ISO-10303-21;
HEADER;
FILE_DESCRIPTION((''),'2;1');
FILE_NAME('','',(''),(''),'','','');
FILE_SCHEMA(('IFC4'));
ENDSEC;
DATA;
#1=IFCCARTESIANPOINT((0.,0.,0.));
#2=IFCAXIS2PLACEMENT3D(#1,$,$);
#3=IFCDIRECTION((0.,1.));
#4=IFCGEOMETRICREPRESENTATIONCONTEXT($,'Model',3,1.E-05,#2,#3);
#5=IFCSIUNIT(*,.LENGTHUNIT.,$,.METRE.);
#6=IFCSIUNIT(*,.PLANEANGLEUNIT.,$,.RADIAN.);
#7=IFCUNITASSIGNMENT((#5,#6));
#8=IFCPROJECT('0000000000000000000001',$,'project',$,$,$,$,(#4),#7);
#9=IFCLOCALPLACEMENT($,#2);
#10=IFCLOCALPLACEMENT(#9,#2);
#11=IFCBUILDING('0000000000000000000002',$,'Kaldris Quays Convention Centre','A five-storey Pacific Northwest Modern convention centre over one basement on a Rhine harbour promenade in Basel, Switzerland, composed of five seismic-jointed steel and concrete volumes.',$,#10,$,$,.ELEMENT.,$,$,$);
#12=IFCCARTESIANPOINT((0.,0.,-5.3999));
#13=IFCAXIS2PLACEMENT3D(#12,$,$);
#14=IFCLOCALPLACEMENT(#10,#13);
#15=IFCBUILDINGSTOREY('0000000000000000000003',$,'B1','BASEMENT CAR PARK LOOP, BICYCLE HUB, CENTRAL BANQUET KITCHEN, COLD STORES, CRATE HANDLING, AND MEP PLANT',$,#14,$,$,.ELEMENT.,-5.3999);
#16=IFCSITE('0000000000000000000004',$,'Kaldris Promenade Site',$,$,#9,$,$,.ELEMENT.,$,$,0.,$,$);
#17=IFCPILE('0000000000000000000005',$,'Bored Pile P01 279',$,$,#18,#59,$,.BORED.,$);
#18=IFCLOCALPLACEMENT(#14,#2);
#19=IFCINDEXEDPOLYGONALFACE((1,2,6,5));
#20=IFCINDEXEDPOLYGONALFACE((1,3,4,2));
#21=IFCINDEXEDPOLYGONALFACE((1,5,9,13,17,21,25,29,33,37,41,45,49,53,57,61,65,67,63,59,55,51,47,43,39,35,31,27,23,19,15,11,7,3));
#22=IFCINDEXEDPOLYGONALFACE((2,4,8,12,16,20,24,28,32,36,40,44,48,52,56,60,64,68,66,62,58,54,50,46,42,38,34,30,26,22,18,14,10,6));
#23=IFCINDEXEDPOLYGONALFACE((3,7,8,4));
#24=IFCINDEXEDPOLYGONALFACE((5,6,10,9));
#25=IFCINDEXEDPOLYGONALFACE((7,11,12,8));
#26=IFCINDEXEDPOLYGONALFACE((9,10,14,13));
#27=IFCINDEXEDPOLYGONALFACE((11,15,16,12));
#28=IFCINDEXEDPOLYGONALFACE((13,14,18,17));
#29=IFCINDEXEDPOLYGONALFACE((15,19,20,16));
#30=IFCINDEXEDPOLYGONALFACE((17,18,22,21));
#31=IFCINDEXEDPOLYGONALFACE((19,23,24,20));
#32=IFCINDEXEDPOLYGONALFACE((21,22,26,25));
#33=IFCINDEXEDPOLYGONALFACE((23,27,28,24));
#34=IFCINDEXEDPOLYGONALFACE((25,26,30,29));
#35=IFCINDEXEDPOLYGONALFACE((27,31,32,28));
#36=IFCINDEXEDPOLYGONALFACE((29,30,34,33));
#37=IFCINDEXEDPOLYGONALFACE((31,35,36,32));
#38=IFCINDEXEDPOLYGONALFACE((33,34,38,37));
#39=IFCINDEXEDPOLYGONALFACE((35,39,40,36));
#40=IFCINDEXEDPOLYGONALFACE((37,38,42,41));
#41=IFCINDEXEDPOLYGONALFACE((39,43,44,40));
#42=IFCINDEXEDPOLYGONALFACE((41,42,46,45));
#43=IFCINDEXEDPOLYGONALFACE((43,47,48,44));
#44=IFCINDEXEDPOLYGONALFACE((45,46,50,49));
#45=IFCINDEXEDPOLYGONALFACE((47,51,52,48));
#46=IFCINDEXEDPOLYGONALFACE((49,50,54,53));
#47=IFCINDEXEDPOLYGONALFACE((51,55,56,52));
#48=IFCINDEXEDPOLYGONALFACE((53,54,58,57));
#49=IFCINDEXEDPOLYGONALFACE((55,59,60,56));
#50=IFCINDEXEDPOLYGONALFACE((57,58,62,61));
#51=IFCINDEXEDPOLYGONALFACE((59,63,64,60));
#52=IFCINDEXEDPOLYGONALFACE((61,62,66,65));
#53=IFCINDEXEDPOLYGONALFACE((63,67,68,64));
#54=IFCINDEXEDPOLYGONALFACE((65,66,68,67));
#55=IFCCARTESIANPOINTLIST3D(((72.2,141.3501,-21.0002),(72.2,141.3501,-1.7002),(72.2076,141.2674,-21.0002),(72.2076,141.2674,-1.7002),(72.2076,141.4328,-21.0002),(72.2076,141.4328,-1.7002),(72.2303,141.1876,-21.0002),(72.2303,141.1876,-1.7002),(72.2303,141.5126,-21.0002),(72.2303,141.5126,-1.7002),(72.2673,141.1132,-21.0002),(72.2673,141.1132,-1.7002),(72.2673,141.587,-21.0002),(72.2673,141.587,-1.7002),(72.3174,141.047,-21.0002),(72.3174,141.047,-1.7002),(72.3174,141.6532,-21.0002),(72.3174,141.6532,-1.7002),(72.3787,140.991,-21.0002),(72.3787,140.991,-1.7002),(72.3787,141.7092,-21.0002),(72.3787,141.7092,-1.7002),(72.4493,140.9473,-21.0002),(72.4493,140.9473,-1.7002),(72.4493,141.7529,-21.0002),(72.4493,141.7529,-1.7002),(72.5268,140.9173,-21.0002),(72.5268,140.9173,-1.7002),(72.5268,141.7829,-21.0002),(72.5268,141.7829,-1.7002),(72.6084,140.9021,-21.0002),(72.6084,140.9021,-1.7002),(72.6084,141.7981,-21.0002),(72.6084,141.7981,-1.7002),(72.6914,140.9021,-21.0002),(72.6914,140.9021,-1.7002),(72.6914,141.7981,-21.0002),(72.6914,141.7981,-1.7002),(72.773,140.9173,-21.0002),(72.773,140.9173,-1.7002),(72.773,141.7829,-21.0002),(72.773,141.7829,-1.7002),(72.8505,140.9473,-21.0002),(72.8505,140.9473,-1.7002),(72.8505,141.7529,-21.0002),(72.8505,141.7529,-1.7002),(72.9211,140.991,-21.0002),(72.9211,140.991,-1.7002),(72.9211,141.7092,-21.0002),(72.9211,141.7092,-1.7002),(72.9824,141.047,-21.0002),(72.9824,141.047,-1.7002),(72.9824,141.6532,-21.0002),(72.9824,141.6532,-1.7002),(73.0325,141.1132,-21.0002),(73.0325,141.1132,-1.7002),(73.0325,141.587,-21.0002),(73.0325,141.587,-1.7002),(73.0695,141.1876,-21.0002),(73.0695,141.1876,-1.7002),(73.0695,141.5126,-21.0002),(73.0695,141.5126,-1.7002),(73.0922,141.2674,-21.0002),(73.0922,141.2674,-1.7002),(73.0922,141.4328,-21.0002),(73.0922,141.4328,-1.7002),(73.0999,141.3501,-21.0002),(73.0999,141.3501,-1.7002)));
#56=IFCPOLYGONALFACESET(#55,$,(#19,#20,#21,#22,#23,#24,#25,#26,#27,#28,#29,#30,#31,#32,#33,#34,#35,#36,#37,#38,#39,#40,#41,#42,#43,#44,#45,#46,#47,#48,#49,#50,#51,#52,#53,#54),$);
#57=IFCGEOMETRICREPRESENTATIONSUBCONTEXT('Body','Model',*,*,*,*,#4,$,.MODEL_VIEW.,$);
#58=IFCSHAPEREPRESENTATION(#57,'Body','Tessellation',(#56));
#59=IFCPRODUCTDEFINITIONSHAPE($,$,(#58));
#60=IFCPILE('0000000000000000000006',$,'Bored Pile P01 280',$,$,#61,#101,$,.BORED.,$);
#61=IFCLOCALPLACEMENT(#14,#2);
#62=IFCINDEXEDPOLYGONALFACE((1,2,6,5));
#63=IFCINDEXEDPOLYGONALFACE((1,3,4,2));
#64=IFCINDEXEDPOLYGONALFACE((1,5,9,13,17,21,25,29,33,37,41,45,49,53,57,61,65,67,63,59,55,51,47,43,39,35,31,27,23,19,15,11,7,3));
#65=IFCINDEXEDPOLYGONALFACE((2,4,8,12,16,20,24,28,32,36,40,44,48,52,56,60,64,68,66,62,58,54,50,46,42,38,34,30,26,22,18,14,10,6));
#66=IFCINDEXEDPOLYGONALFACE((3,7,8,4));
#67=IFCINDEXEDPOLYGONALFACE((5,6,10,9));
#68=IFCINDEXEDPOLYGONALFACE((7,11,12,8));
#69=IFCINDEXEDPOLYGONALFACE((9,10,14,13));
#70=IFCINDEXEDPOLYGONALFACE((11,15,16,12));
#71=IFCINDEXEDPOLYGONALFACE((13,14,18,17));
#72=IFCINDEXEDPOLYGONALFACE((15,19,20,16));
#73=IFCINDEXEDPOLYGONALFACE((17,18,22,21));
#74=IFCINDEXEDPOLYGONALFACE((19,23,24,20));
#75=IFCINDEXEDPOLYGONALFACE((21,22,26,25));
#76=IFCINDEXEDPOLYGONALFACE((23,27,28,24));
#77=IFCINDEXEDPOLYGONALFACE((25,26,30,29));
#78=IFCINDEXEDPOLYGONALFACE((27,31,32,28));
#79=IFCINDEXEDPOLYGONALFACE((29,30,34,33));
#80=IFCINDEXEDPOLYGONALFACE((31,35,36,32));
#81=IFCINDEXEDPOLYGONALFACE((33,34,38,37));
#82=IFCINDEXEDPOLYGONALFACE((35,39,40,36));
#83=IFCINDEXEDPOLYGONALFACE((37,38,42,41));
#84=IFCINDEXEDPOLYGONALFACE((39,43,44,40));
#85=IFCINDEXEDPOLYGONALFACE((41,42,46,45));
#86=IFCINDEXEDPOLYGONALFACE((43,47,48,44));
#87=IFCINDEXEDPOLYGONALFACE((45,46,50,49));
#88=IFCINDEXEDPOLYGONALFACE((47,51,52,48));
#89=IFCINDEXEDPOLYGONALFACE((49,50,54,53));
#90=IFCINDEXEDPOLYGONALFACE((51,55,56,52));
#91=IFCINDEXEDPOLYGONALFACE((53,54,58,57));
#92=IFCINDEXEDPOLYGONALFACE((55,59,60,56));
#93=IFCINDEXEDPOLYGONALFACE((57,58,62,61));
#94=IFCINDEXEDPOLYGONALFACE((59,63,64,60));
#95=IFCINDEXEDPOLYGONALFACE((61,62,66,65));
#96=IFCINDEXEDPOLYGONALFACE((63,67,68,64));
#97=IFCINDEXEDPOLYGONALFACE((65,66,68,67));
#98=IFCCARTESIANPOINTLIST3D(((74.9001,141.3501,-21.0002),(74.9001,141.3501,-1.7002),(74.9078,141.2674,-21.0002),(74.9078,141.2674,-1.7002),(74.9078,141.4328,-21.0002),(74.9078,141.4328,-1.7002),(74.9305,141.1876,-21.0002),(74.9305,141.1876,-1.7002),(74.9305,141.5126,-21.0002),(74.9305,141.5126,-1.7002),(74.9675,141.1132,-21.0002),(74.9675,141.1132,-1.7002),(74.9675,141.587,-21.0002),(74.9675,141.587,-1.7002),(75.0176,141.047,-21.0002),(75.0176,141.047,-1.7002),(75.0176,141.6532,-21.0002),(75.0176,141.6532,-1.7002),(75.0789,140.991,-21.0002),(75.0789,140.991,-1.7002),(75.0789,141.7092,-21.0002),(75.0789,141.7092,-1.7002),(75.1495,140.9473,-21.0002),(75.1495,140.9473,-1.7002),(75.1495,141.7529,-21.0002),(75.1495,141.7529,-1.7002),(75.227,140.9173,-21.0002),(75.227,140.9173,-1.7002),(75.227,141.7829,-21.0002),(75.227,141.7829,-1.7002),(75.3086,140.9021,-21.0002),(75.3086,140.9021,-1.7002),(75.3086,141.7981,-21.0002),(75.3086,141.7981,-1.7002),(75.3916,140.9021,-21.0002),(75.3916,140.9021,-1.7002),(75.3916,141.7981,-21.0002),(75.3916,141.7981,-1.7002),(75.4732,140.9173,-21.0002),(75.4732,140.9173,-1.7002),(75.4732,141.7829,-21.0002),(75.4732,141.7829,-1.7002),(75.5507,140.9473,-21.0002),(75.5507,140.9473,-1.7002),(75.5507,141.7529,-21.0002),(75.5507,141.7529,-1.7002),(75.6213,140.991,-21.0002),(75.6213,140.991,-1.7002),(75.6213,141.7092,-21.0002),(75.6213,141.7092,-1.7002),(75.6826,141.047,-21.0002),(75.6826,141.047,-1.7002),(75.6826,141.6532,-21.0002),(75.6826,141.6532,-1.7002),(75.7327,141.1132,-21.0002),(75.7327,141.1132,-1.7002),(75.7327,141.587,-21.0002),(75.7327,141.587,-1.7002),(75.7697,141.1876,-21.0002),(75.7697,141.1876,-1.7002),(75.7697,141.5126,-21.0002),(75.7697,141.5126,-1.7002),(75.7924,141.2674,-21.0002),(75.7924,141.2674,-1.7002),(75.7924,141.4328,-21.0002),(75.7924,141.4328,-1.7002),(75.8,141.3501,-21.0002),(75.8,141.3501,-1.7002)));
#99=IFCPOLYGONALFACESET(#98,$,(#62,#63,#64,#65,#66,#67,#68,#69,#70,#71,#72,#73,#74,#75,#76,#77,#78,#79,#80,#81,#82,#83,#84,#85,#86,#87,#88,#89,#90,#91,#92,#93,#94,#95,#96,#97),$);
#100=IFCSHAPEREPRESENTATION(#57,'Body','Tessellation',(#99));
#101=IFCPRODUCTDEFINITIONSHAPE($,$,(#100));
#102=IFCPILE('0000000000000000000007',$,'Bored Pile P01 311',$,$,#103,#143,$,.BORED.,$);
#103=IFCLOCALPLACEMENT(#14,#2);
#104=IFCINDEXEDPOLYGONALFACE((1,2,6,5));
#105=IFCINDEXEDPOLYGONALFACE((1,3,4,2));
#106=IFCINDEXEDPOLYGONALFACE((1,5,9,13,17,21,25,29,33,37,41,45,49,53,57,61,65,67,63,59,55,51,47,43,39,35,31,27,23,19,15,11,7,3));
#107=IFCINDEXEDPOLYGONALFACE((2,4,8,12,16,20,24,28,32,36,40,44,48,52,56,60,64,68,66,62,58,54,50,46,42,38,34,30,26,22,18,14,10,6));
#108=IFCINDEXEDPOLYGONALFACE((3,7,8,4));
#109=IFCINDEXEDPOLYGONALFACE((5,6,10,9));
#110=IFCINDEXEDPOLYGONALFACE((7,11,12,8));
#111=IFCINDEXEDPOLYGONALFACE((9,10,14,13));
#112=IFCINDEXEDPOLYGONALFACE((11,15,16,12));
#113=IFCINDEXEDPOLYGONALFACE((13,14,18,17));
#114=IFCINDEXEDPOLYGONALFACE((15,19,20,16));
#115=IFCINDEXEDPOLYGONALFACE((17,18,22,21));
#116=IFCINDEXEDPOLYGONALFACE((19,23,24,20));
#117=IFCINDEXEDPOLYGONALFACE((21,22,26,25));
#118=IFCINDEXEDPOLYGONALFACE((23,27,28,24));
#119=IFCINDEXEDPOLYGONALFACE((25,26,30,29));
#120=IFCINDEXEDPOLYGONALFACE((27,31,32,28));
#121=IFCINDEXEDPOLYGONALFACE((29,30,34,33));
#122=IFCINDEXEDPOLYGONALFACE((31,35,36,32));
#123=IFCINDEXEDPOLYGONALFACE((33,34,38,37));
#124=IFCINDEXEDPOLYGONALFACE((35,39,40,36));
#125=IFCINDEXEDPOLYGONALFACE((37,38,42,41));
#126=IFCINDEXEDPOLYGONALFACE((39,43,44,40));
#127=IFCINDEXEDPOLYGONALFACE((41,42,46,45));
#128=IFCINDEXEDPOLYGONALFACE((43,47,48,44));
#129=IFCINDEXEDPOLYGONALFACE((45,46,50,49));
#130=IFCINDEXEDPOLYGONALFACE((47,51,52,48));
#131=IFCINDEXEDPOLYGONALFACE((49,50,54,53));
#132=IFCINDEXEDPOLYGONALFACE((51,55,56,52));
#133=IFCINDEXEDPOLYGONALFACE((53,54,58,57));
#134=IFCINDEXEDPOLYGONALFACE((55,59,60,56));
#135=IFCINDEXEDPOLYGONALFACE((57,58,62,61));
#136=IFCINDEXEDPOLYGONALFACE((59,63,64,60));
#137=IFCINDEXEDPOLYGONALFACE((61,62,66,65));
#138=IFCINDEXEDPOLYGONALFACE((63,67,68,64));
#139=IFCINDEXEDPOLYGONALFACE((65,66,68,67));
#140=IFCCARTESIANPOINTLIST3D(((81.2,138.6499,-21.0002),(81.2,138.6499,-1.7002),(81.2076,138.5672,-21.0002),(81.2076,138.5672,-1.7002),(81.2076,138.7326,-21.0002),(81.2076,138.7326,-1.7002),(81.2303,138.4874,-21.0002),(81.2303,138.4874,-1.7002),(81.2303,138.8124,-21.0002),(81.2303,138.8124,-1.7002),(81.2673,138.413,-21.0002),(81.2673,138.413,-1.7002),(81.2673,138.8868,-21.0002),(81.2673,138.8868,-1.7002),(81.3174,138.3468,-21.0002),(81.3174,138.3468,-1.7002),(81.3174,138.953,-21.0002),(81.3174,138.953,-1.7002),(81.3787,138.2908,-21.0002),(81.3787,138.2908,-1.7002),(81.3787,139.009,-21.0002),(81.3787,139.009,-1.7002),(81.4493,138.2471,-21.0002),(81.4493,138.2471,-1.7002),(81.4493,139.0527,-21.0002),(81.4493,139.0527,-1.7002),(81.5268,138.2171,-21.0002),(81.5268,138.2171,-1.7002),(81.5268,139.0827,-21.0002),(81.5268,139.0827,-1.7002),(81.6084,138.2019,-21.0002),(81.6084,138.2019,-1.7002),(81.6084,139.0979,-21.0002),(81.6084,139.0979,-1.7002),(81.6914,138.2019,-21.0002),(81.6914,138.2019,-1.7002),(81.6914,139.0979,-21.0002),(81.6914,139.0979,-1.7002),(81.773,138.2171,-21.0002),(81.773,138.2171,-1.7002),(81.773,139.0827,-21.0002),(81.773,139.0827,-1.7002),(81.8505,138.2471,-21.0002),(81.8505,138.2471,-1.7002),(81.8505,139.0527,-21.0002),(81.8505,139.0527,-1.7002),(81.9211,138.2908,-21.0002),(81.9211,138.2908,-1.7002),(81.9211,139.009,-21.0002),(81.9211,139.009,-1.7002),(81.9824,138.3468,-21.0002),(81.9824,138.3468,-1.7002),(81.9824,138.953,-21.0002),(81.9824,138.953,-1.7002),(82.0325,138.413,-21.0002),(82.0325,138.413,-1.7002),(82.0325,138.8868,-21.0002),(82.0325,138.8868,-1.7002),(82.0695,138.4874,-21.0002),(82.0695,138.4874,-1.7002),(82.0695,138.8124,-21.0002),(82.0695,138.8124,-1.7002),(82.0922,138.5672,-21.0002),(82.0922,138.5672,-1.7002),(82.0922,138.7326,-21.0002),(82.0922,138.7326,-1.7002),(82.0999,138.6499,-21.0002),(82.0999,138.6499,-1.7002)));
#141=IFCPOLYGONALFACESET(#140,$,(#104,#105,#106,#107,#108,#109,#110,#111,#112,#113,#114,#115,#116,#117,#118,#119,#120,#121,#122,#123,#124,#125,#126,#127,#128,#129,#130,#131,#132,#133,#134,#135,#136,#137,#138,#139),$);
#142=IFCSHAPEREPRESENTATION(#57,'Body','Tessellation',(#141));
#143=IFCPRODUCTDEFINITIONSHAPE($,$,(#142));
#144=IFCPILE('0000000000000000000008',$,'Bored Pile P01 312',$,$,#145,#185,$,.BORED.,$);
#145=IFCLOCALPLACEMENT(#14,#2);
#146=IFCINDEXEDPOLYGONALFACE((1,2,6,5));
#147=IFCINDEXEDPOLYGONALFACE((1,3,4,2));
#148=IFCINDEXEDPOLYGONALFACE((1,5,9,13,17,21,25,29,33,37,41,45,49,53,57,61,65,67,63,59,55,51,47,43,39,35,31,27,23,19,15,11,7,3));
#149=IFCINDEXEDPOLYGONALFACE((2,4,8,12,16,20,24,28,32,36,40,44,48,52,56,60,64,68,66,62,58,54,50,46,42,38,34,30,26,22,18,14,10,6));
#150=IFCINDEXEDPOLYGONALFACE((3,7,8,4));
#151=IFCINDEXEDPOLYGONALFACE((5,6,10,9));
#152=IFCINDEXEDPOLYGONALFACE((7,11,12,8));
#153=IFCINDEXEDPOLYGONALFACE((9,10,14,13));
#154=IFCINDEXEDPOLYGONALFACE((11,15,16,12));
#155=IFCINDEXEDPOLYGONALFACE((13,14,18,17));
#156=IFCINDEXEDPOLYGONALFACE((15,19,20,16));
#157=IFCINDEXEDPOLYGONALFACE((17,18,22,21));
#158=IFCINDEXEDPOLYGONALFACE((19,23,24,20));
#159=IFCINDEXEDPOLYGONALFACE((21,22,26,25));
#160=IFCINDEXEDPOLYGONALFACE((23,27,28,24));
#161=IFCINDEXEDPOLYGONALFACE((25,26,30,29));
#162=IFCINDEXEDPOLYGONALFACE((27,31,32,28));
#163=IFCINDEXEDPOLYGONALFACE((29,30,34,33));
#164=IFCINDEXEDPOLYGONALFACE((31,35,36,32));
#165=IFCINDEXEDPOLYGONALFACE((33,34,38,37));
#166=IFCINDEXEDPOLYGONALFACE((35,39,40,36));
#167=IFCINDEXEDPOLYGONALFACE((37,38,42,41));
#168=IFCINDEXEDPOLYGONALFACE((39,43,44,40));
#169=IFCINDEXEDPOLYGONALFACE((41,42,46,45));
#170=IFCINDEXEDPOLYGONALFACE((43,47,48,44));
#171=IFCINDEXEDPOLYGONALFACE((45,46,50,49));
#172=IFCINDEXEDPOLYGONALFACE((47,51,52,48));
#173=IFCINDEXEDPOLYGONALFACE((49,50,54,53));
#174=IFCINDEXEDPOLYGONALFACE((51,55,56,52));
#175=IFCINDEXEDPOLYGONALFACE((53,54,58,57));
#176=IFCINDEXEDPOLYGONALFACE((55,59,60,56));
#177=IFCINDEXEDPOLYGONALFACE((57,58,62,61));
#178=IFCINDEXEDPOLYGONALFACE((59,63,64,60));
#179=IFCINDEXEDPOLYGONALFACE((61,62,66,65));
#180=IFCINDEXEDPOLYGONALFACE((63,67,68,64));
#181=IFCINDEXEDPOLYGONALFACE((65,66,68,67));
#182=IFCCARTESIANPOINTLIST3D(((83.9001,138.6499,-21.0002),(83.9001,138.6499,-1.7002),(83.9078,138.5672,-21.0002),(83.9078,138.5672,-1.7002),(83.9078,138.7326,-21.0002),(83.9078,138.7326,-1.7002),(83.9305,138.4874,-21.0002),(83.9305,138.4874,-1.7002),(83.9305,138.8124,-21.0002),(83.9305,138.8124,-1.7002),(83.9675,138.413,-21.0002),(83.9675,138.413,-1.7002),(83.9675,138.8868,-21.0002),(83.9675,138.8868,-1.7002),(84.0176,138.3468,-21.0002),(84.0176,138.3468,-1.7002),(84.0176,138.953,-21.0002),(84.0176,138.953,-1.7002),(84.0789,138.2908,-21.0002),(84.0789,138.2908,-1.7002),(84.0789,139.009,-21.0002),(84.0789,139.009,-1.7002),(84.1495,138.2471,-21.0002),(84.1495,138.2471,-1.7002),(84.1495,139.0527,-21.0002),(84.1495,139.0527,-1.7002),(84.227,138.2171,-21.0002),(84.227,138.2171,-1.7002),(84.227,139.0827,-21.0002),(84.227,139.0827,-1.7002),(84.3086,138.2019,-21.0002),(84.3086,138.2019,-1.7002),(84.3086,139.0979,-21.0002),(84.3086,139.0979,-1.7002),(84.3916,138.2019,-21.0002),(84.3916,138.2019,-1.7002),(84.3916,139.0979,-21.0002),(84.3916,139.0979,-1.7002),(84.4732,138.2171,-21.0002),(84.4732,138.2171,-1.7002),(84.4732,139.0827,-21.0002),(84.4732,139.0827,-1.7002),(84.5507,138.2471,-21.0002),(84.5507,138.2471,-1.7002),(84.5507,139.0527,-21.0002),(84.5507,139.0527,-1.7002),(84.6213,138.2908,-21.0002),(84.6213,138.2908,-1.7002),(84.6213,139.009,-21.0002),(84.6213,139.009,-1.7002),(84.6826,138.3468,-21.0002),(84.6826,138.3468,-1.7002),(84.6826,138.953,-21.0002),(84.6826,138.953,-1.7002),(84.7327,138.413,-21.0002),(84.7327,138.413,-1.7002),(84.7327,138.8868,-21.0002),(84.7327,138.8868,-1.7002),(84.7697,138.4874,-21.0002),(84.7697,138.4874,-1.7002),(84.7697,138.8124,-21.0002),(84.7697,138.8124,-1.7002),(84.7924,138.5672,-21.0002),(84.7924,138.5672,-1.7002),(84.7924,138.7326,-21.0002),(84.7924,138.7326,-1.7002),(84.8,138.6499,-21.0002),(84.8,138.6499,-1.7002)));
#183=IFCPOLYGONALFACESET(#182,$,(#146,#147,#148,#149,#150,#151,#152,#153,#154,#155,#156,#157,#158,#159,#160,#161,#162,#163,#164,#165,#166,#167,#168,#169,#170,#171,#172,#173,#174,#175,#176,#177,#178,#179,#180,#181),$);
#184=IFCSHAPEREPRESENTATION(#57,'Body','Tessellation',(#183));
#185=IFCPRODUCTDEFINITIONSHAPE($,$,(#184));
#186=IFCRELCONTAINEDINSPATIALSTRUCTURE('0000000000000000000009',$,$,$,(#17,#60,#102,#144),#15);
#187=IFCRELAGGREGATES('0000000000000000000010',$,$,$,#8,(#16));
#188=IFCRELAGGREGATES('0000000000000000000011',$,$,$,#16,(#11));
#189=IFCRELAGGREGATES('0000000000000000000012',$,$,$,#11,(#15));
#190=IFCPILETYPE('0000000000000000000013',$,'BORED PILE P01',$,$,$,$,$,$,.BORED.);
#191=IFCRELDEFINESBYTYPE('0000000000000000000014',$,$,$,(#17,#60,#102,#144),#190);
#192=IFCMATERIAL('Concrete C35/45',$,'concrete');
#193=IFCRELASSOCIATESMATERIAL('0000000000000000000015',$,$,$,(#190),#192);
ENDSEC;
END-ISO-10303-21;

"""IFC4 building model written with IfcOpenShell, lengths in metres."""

from ifc_helpers import new_model, si_unit, direction, frame, origin, origin_2d, place, context, subcontext, project, spatial, circle, extrude, material, material_profile, profile_set, type_object, element, save


model = new_model("IFC4")

# Units and contexts
model_context = context("Model", 3, precision=1e-05, world=origin(), true_north=direction((0.0, 1.0)))
body_context = subcontext(model_context, "Body", "Model", "MODEL_VIEW")
ifc_project = project(units=[si_unit("LENGTHUNIT", "METRE"), si_unit("PLANEANGLEUNIT", "RADIAN")], contexts=[model_context])

# Site, building, storey
site_placement = place(None, origin())
site = spatial("IfcSite", under=ifc_project, at=site_placement, Name="Kaldris Promenade Site", CompositionType="ELEMENT", RefElevation=0.0)
building_placement = place(site_placement, origin())
building = spatial("IfcBuilding", under=site, at=building_placement, Name="Kaldris Quays Convention Centre", Description="A five-storey Pacific Northwest Modern convention centre over one basement on a Rhine harbour promenade in Basel, Switzerland, composed of five seismic-jointed steel and concrete volumes.", CompositionType="ELEMENT")
storey_placement = place(building_placement, frame((0.0, 0.0, -5.3999)))
storey = spatial("IfcBuildingStorey", under=building, at=storey_placement, Name="B1", Description="BASEMENT CAR PARK LOOP, BICYCLE HUB, CENTRAL BANQUET KITCHEN, COLD STORES, CRATE HANDLING, AND MEP PLANT", CompositionType="ELEMENT", Elevation=-5.3999)

# Piles
ifc_material_1 = material(Name="Concrete C35/45", Category="concrete")
ifc_material_profile_1 = material_profile(ifc_material_1, circle(Radius=0.45, at=origin_2d()), Name="BORED PILE D900")
ifc_profile_set_1 = profile_set([ifc_material_profile_1], Name="Concrete C35/45")
pile_type = type_object("IfcPileType", Name="BORED PILE P01", PredefinedType="BORED", material=ifc_profile_set_1)
for number, where, z_axis, x_axis, name in (
    (1, (72.6499, 141.3501, -1.7002), (0.0, 0.0, -1.0), (1.0, 0.0, 0.0), "Bored Pile P01 279"),
    (2, (75.3501, 141.3501, -1.7002), (0.0, 0.0, -1.0), (1.0, 0.0, 0.0), "Bored Pile P01 280"),
    (3, (81.6499, 138.6499, -1.7002), (0.0, 0.0, -1.0), (1.0, 0.0, 0.0), "Bored Pile P01 311"),
    (4, (84.3501, 138.6499, -1.7002), (0.0, 0.0, -1.0), (1.0, 0.0, 0.0), "Bored Pile P01 312"),
):
    element("IfcPile", number, at=place(storey_placement, frame(where, z_axis=z_axis, x_axis=x_axis)), inside=storey, type_object=pile_type, Name=name, PredefinedType="BORED", context=body_context, shape_type="SweptSolid", body=[
        extrude(circle(Radius=0.45, at=origin_2d()), origin(), (0.0, 0.0, 1.0), 19.3),
    ])

save(model, "model.ifc")
